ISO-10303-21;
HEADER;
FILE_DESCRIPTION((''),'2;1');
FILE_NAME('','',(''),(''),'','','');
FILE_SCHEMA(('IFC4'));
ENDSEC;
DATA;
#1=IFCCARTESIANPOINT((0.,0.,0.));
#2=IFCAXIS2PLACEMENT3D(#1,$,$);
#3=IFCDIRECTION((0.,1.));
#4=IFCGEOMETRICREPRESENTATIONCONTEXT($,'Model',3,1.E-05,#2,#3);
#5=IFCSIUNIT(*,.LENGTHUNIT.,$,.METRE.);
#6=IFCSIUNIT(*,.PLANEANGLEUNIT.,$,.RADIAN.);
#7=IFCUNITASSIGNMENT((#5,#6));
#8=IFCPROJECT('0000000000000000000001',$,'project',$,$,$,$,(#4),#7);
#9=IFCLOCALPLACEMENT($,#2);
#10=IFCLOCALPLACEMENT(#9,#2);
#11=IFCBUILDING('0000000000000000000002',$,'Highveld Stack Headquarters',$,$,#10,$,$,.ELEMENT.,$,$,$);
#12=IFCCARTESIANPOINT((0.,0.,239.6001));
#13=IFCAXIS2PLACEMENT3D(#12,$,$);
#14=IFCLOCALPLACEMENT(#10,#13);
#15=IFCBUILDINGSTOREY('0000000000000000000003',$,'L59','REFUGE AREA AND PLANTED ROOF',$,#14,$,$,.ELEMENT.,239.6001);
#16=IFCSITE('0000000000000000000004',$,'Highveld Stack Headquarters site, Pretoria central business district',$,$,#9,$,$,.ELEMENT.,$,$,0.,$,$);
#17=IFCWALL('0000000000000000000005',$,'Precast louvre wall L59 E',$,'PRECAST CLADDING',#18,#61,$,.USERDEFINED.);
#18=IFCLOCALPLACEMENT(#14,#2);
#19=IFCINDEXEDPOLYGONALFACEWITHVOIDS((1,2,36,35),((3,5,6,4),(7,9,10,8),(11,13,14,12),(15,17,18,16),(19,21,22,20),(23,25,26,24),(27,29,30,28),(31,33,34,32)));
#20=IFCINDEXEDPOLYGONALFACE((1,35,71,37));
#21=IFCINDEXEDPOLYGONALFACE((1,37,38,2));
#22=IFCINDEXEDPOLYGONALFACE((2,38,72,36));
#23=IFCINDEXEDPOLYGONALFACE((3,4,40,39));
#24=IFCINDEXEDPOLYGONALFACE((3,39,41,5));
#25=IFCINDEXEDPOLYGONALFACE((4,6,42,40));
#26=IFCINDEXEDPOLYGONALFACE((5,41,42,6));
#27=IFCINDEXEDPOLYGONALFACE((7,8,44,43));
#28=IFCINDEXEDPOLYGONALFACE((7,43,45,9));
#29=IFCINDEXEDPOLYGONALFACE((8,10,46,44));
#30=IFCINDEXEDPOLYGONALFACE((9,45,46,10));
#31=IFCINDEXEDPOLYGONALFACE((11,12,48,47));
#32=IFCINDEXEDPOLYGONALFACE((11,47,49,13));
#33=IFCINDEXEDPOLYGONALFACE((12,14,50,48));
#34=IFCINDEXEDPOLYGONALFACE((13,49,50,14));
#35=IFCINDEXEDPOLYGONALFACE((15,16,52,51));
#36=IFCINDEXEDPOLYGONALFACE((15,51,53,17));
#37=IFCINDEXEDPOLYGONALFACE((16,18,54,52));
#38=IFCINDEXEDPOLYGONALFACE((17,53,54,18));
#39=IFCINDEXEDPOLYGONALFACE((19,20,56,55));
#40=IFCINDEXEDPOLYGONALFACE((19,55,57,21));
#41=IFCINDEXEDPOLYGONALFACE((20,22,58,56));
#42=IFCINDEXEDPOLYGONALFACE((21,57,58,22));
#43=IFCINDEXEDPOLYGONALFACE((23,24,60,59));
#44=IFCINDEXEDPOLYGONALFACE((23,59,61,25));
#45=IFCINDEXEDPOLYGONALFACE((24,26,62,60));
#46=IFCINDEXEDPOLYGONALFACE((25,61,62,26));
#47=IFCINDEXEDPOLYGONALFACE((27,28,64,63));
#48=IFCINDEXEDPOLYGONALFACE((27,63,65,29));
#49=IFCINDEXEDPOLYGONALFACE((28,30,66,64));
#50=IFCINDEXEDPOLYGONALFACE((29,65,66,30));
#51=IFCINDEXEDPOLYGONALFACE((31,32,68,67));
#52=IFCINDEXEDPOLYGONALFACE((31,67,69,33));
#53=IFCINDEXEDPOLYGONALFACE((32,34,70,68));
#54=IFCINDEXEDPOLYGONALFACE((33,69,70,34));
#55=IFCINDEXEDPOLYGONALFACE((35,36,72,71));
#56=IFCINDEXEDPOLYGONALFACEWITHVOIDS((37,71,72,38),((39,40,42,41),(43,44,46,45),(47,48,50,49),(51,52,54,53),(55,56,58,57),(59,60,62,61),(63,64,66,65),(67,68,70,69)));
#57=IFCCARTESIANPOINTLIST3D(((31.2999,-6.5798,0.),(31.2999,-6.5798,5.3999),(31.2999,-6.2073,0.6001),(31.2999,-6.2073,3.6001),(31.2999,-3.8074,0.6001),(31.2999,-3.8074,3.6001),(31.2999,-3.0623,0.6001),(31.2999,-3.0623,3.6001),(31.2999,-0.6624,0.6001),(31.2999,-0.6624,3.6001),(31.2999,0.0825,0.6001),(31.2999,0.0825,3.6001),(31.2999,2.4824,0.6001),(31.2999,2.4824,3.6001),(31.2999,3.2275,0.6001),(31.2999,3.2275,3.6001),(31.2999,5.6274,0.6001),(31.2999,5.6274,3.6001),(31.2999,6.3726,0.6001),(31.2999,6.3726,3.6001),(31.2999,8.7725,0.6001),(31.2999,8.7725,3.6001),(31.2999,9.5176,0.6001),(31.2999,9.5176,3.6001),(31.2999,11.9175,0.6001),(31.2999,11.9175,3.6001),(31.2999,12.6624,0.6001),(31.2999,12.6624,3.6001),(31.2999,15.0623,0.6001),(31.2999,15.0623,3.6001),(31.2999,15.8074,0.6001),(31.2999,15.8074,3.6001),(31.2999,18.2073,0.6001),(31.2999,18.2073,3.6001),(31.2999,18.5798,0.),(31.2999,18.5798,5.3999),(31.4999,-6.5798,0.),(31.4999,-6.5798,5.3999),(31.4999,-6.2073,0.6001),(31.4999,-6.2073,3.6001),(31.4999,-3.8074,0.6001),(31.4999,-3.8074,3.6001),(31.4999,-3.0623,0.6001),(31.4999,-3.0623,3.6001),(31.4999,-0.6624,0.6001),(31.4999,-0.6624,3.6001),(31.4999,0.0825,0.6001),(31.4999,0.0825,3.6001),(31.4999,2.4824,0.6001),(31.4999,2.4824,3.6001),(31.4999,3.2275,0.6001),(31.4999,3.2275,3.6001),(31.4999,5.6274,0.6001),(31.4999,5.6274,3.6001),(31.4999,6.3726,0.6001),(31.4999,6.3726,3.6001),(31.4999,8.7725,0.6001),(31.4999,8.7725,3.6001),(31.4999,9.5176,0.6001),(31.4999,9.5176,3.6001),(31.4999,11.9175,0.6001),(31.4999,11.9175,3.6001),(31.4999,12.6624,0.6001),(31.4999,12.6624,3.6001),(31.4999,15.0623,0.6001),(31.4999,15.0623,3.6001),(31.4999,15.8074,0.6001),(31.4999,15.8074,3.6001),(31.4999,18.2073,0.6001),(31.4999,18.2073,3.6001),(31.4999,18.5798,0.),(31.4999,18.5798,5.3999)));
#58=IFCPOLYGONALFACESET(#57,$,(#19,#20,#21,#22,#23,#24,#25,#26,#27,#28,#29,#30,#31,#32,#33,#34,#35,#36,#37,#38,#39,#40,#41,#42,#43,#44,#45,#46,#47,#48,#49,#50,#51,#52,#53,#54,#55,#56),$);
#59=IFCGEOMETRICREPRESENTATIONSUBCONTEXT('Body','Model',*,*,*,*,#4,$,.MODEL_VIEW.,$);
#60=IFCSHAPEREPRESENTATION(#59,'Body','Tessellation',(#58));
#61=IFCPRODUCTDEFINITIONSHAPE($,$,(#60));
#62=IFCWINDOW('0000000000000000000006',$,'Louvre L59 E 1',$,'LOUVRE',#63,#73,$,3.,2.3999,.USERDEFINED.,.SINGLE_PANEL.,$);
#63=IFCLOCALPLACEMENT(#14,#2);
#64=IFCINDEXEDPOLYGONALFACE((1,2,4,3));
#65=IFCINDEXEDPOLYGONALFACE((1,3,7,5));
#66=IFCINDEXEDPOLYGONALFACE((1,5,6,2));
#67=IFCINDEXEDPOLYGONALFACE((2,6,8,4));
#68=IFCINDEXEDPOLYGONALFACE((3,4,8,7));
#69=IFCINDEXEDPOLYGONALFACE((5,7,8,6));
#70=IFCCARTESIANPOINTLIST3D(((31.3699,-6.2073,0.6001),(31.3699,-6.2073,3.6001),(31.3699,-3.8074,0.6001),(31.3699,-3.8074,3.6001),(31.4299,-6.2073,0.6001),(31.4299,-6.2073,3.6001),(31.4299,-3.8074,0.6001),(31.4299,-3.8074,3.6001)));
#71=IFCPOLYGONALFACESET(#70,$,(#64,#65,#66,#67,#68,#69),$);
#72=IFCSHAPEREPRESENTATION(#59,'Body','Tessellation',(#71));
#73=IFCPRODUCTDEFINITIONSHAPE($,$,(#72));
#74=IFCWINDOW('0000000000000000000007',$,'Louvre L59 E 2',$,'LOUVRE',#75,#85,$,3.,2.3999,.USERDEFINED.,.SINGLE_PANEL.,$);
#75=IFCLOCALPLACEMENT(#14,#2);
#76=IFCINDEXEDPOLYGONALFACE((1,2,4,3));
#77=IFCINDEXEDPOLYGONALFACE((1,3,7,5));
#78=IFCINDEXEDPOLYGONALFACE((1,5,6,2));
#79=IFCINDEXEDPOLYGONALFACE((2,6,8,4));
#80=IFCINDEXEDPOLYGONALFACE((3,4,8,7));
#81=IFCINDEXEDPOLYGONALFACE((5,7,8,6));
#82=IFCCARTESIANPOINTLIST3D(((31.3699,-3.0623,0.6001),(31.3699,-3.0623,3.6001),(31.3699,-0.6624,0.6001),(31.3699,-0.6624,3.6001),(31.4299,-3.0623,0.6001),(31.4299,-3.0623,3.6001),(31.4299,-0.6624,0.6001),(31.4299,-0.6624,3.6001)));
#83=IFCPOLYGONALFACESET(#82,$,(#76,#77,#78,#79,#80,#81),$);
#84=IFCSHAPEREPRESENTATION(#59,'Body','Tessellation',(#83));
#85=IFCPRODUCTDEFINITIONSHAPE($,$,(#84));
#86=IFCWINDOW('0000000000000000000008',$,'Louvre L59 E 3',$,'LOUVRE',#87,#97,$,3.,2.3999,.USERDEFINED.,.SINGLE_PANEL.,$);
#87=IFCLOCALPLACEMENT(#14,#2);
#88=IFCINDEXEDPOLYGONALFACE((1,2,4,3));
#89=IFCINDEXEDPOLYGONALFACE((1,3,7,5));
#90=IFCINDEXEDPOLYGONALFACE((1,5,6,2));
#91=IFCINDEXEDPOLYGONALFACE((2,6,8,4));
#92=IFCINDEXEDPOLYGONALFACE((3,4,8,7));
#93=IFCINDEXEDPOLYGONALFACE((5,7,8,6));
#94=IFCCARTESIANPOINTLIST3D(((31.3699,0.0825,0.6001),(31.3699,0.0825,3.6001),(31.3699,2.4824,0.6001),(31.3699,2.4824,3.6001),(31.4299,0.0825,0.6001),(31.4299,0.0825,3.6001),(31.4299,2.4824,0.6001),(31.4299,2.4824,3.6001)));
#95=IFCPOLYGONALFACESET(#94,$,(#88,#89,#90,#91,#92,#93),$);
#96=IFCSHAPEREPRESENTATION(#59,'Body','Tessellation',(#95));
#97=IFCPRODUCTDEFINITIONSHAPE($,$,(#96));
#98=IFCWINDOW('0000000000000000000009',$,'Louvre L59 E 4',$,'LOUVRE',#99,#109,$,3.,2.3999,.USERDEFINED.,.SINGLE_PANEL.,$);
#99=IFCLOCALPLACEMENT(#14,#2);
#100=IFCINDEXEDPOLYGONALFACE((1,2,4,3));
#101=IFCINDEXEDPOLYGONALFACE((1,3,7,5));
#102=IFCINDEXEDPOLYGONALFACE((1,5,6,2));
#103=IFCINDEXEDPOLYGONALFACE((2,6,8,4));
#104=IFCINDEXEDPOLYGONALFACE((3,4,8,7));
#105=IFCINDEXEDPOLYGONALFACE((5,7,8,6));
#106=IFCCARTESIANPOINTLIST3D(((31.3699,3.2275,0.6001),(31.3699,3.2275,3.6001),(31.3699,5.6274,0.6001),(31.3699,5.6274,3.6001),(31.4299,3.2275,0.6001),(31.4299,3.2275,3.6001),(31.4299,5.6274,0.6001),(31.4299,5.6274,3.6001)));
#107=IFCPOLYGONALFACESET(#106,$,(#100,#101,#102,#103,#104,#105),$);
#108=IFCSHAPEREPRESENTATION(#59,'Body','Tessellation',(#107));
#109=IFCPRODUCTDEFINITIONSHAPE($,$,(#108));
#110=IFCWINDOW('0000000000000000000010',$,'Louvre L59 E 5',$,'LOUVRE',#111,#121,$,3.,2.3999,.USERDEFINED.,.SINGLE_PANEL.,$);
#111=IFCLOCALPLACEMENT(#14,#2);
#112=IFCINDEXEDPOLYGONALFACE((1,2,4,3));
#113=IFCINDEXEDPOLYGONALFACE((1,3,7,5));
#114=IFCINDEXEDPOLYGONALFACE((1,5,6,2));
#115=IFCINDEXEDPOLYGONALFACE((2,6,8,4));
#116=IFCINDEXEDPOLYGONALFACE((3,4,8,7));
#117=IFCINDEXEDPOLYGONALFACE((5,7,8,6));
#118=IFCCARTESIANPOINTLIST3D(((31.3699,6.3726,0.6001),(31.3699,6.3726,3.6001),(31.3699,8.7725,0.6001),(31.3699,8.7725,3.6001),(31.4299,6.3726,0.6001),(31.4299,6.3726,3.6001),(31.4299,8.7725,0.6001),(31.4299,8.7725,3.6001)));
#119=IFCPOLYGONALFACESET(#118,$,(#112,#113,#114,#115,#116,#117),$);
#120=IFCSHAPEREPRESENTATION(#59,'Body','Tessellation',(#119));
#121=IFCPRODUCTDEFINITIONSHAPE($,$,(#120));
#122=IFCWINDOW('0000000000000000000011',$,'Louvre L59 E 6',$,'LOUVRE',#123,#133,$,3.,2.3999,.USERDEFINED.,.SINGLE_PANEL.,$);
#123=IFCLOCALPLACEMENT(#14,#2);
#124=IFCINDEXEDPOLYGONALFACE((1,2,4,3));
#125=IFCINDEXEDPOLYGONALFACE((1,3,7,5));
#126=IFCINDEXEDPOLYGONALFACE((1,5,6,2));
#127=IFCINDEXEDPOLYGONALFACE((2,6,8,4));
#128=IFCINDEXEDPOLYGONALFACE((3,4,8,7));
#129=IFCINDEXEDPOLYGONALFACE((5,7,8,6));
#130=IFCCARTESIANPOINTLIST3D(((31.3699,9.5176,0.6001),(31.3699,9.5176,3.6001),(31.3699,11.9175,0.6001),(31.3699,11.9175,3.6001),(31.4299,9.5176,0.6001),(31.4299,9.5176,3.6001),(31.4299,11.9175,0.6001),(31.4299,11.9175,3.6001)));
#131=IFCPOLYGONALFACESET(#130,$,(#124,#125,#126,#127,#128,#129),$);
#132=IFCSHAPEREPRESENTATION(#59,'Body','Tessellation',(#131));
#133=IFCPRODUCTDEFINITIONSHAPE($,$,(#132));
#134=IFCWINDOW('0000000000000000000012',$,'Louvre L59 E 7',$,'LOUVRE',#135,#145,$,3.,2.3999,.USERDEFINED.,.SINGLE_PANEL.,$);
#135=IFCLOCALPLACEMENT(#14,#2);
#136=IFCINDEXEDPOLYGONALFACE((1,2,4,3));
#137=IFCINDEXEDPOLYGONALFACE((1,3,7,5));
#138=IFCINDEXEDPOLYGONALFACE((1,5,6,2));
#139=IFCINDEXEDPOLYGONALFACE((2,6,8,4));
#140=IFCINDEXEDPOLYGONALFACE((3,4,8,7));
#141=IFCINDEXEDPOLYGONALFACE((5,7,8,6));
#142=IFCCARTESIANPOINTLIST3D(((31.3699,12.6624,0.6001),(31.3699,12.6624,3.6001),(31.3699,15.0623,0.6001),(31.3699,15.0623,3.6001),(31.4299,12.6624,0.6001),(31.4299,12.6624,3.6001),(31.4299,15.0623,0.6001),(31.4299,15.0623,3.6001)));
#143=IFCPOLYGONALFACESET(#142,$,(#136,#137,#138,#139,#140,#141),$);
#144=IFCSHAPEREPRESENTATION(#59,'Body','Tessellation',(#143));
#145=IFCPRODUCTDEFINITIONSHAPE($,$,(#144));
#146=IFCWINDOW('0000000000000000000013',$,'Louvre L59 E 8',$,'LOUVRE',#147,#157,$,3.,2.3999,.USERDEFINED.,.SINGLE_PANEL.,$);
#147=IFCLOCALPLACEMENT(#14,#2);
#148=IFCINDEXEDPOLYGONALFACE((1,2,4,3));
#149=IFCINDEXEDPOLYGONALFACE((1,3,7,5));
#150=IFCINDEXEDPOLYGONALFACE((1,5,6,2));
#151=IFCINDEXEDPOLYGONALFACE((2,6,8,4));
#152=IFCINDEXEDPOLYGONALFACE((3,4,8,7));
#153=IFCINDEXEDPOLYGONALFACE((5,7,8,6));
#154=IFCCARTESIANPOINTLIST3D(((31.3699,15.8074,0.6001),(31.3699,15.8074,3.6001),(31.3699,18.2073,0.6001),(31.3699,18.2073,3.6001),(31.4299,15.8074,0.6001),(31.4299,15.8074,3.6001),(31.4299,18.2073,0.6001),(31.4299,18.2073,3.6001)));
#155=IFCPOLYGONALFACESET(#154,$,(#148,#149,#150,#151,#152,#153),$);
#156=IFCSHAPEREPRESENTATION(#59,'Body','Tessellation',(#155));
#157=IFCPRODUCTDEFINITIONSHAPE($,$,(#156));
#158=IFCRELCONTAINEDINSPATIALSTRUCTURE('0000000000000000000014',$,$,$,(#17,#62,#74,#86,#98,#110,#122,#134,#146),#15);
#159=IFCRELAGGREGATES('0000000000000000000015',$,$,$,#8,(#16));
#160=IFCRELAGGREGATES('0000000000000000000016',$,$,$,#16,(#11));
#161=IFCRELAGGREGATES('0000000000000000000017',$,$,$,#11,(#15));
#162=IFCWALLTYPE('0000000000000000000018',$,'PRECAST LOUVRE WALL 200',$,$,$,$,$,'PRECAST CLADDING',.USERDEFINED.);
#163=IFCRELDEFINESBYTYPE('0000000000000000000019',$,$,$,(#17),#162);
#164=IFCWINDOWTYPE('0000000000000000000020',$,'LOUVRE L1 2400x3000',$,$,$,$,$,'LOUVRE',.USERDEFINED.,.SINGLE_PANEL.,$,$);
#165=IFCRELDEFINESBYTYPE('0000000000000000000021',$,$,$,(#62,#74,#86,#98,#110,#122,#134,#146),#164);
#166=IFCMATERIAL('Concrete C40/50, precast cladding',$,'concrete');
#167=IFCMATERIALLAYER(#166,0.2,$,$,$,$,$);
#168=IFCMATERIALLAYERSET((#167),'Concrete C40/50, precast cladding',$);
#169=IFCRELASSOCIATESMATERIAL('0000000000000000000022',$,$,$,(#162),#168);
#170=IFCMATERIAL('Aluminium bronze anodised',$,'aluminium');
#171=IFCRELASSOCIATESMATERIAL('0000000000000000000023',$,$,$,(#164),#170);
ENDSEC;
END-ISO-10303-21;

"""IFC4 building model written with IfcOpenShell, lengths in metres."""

from ifc_helpers import new_model, si_unit, direction, frame, frame_2d, origin, place, context, subcontext, project, spatial, rectangle, extrude, material, layer, layer_set, type_object, element, fill, save


model = new_model("IFC4")

# Units and contexts
model_context = context("Model", 3, precision=1e-05, world=origin(), true_north=direction((0.0, 1.0)))
body_context = subcontext(model_context, "Body", "Model", "MODEL_VIEW")
ifc_project = project(units=[si_unit("LENGTHUNIT", "METRE"), si_unit("PLANEANGLEUNIT", "RADIAN")], contexts=[model_context])

# Site, building, storey
site_placement = place(None, origin())
site = spatial("IfcSite", under=ifc_project, at=site_placement, Name="Highveld Stack Headquarters site, Pretoria central business district", CompositionType="ELEMENT", RefElevation=0.0)
building_placement = place(site_placement, origin())
building = spatial("IfcBuilding", under=site, at=building_placement, Name="Highveld Stack Headquarters", CompositionType="ELEMENT")
storey_placement = place(building_placement, frame((0.0, 0.0, 239.6001)))
storey = spatial("IfcBuildingStorey", under=building, at=storey_placement, Name="L59", Description="REFUGE AREA AND PLANTED ROOF", CompositionType="ELEMENT", Elevation=239.6001)

# Wall, openings, windows
ifc_material_1 = material(Name="Concrete C40/50, precast cladding", Category="concrete")
ifc_layer_1 = layer(ifc_material_1, 0.2)
ifc_layer_set_1 = layer_set([ifc_layer_1], Name="Concrete C40/50, precast cladding")
wall_type_1 = type_object("IfcWallType", Name="PRECAST LOUVRE WALL 200", ElementType="PRECAST CLADDING", PredefinedType="USERDEFINED", material=ifc_layer_set_1)
wall_1_placement = place(storey_placement, frame((31.3999, -6.5798, 0.0), z_axis=(0.0, 0.0, 1.0), x_axis=(0.0, 1.0, 0.0)))
wall_1 = element("IfcWall", 1, at=wall_1_placement, inside=storey, type_object=wall_type_1, Name="Precast louvre wall L59 E", ObjectType="PRECAST CLADDING", PredefinedType="USERDEFINED", context=body_context, shape_type="SweptSolid", body=[
    extrude(rectangle(XDim=25.1597, YDim=0.2, at=frame_2d((12.5798, 0.0))), origin(), (0.0, 0.0, 1.0), 5.3999),
])
opening_1_placement = place(wall_1_placement, frame((0.3726, 0.0, 0.6001)))
opening_1 = element("IfcOpeningElement", 2, at=opening_1_placement, cuts=wall_1, PredefinedType="OPENING", context=body_context, shape_type="SweptSolid", body=[
    extrude(rectangle(XDim=2.3999, YDim=3.0, at=frame_2d((1.2, 1.5))), frame((0.0, 0.1099, 0.0), z_axis=(0.0, -1.0, 0.0), x_axis=(1.0, 0.0, 0.0)), (0.0, 0.0, 1.0), 0.22),
])
opening_2_placement = place(wall_1_placement, frame((3.5176, 0.0, 0.6001)))
opening_2 = element("IfcOpeningElement", 3, at=opening_2_placement, cuts=wall_1, PredefinedType="OPENING", context=body_context, shape_type="SweptSolid", body=[
    extrude(rectangle(XDim=2.3999, YDim=3.0, at=frame_2d((1.2, 1.5))), frame((0.0, 0.1099, 0.0), z_axis=(0.0, -1.0, 0.0), x_axis=(1.0, 0.0, 0.0)), (0.0, 0.0, 1.0), 0.22),
])
opening_3_placement = place(wall_1_placement, frame((6.6624, 0.0, 0.6001)))
opening_3 = element("IfcOpeningElement", 4, at=opening_3_placement, cuts=wall_1, PredefinedType="OPENING", context=body_context, shape_type="SweptSolid", body=[
    extrude(rectangle(XDim=2.3999, YDim=3.0, at=frame_2d((1.2, 1.5))), frame((0.0, 0.1099, 0.0), z_axis=(0.0, -1.0, 0.0), x_axis=(1.0, 0.0, 0.0)), (0.0, 0.0, 1.0), 0.22),
])
opening_4_placement = place(wall_1_placement, frame((9.8074, 0.0, 0.6001)))
opening_4 = element("IfcOpeningElement", 5, at=opening_4_placement, cuts=wall_1, PredefinedType="OPENING", context=body_context, shape_type="SweptSolid", body=[
    extrude(rectangle(XDim=2.3999, YDim=3.0, at=frame_2d((1.2, 1.5))), frame((0.0, 0.1099, 0.0), z_axis=(0.0, -1.0, 0.0), x_axis=(1.0, 0.0, 0.0)), (0.0, 0.0, 1.0), 0.22),
])
opening_5_placement = place(wall_1_placement, frame((12.9524, 0.0, 0.6001)))
opening_5 = element("IfcOpeningElement", 6, at=opening_5_placement, cuts=wall_1, PredefinedType="OPENING", context=body_context, shape_type="SweptSolid", body=[
    extrude(rectangle(XDim=2.3999, YDim=3.0, at=frame_2d((1.2, 1.5))), frame((0.0, 0.1099, 0.0), z_axis=(0.0, -1.0, 0.0), x_axis=(1.0, 0.0, 0.0)), (0.0, 0.0, 1.0), 0.22),
])
opening_6_placement = place(wall_1_placement, frame((16.0974, 0.0, 0.6001)))
opening_6 = element("IfcOpeningElement", 7, at=opening_6_placement, cuts=wall_1, PredefinedType="OPENING", context=body_context, shape_type="SweptSolid", body=[
    extrude(rectangle(XDim=2.3999, YDim=3.0, at=frame_2d((1.2, 1.5))), frame((0.0, 0.1099, 0.0), z_axis=(0.0, -1.0, 0.0), x_axis=(1.0, 0.0, 0.0)), (0.0, 0.0, 1.0), 0.22),
])
opening_7_placement = place(wall_1_placement, frame((19.2422, 0.0, 0.6001)))
opening_7 = element("IfcOpeningElement", 8, at=opening_7_placement, cuts=wall_1, PredefinedType="OPENING", context=body_context, shape_type="SweptSolid", body=[
    extrude(rectangle(XDim=2.3999, YDim=3.0, at=frame_2d((1.2, 1.5))), frame((0.0, 0.1099, 0.0), z_axis=(0.0, -1.0, 0.0), x_axis=(1.0, 0.0, 0.0)), (0.0, 0.0, 1.0), 0.22),
])
opening_8_placement = place(wall_1_placement, frame((22.3872, 0.0, 0.6001)))
opening_8 = element("IfcOpeningElement", 9, at=opening_8_placement, cuts=wall_1, PredefinedType="OPENING", context=body_context, shape_type="SweptSolid", body=[
    extrude(rectangle(XDim=2.3999, YDim=3.0, at=frame_2d((1.2, 1.5))), frame((0.0, 0.1099, 0.0), z_axis=(0.0, -1.0, 0.0), x_axis=(1.0, 0.0, 0.0)), (0.0, 0.0, 1.0), 0.22),
])
ifc_material_2 = material(Name="Aluminium bronze anodised", Category="aluminium")
window_type_1 = type_object("IfcWindowType", Name="LOUVRE L1 2400x3000", ElementType="LOUVRE", PartitioningType="SINGLE_PANEL", PredefinedType="USERDEFINED", material=ifc_material_2)
window_1_placement = place(opening_1_placement, origin())
window_1 = element("IfcWindow", 10, at=window_1_placement, inside=storey, type_object=window_type_1, Name="Louvre L59 E 1", ObjectType="LOUVRE", OverallHeight=3.0, OverallWidth=2.3999, PartitioningType="SINGLE_PANEL", PredefinedType="USERDEFINED", context=body_context, shape_type="SweptSolid", body=[
    extrude(rectangle(XDim=2.3999, YDim=3.0, at=frame_2d((1.2, 1.5))), frame((0.0, 0.03, 0.0), z_axis=(0.0, -1.0, 0.0), x_axis=(1.0, 0.0, 0.0)), (0.0, 0.0, 1.0), 0.0601),
])
fill(opening_1, window_1)
window_2_placement = place(opening_2_placement, origin())
window_2 = element("IfcWindow", 11, at=window_2_placement, inside=storey, type_object=window_type_1, Name="Louvre L59 E 2", ObjectType="LOUVRE", OverallHeight=3.0, OverallWidth=2.3999, PartitioningType="SINGLE_PANEL", PredefinedType="USERDEFINED", context=body_context, shape_type="SweptSolid", body=[
    extrude(rectangle(XDim=2.3999, YDim=3.0, at=frame_2d((1.2, 1.5))), frame((0.0, 0.03, 0.0), z_axis=(0.0, -1.0, 0.0), x_axis=(1.0, 0.0, 0.0)), (0.0, 0.0, 1.0), 0.0601),
])
fill(opening_2, window_2)
window_3_placement = place(opening_3_placement, origin())
window_3 = element("IfcWindow", 12, at=window_3_placement, inside=storey, type_object=window_type_1, Name="Louvre L59 E 3", ObjectType="LOUVRE", OverallHeight=3.0, OverallWidth=2.3999, PartitioningType="SINGLE_PANEL", PredefinedType="USERDEFINED", context=body_context, shape_type="SweptSolid", body=[
    extrude(rectangle(XDim=2.3999, YDim=3.0, at=frame_2d((1.2, 1.5))), frame((0.0, 0.03, 0.0), z_axis=(0.0, -1.0, 0.0), x_axis=(1.0, 0.0, 0.0)), (0.0, 0.0, 1.0), 0.0601),
])
fill(opening_3, window_3)
window_4_placement = place(opening_4_placement, origin())
window_4 = element("IfcWindow", 13, at=window_4_placement, inside=storey, type_object=window_type_1, Name="Louvre L59 E 4", ObjectType="LOUVRE", OverallHeight=3.0, OverallWidth=2.3999, PartitioningType="SINGLE_PANEL", PredefinedType="USERDEFINED", context=body_context, shape_type="SweptSolid", body=[
    extrude(rectangle(XDim=2.3999, YDim=3.0, at=frame_2d((1.2, 1.5))), frame((0.0, 0.03, 0.0), z_axis=(0.0, -1.0, 0.0), x_axis=(1.0, 0.0, 0.0)), (0.0, 0.0, 1.0), 0.0601),
])
fill(opening_4, window_4)
window_5_placement = place(opening_5_placement, origin())
window_5 = element("IfcWindow", 14, at=window_5_placement, inside=storey, type_object=window_type_1, Name="Louvre L59 E 5", ObjectType="LOUVRE", OverallHeight=3.0, OverallWidth=2.3999, PartitioningType="SINGLE_PANEL", PredefinedType="USERDEFINED", context=body_context, shape_type="SweptSolid", body=[
    extrude(rectangle(XDim=2.3999, YDim=3.0, at=frame_2d((1.2, 1.5))), frame((0.0, 0.03, 0.0), z_axis=(0.0, -1.0, 0.0), x_axis=(1.0, 0.0, 0.0)), (0.0, 0.0, 1.0), 0.0601),
])
fill(opening_5, window_5)
window_6_placement = place(opening_6_placement, origin())
window_6 = element("IfcWindow", 15, at=window_6_placement, inside=storey, type_object=window_type_1, Name="Louvre L59 E 6", ObjectType="LOUVRE", OverallHeight=3.0, OverallWidth=2.3999, PartitioningType="SINGLE_PANEL", PredefinedType="USERDEFINED", context=body_context, shape_type="SweptSolid", body=[
    extrude(rectangle(XDim=2.3999, YDim=3.0, at=frame_2d((1.2, 1.5))), frame((0.0, 0.03, 0.0), z_axis=(0.0, -1.0, 0.0), x_axis=(1.0, 0.0, 0.0)), (0.0, 0.0, 1.0), 0.0601),
])
fill(opening_6, window_6)
window_7_placement = place(opening_7_placement, origin())
window_7 = element("IfcWindow", 16, at=window_7_placement, inside=storey, type_object=window_type_1, Name="Louvre L59 E 7", ObjectType="LOUVRE", OverallHeight=3.0, OverallWidth=2.3999, PartitioningType="SINGLE_PANEL", PredefinedType="USERDEFINED", context=body_context, shape_type="SweptSolid", body=[
    extrude(rectangle(XDim=2.3999, YDim=3.0, at=frame_2d((1.2, 1.5))), frame((0.0, 0.03, 0.0), z_axis=(0.0, -1.0, 0.0), x_axis=(1.0, 0.0, 0.0)), (0.0, 0.0, 1.0), 0.0601),
])
fill(opening_7, window_7)
window_8_placement = place(opening_8_placement, origin())
window_8 = element("IfcWindow", 17, at=window_8_placement, inside=storey, type_object=window_type_1, Name="Louvre L59 E 8", ObjectType="LOUVRE", OverallHeight=3.0, OverallWidth=2.3999, PartitioningType="SINGLE_PANEL", PredefinedType="USERDEFINED", context=body_context, shape_type="SweptSolid", body=[
    extrude(rectangle(XDim=2.3999, YDim=3.0, at=frame_2d((1.2, 1.5))), frame((0.0, 0.03, 0.0), z_axis=(0.0, -1.0, 0.0), x_axis=(1.0, 0.0, 0.0)), (0.0, 0.0, 1.0), 0.0601),
])
fill(opening_8, window_8)

save(model, "model.ifc")
